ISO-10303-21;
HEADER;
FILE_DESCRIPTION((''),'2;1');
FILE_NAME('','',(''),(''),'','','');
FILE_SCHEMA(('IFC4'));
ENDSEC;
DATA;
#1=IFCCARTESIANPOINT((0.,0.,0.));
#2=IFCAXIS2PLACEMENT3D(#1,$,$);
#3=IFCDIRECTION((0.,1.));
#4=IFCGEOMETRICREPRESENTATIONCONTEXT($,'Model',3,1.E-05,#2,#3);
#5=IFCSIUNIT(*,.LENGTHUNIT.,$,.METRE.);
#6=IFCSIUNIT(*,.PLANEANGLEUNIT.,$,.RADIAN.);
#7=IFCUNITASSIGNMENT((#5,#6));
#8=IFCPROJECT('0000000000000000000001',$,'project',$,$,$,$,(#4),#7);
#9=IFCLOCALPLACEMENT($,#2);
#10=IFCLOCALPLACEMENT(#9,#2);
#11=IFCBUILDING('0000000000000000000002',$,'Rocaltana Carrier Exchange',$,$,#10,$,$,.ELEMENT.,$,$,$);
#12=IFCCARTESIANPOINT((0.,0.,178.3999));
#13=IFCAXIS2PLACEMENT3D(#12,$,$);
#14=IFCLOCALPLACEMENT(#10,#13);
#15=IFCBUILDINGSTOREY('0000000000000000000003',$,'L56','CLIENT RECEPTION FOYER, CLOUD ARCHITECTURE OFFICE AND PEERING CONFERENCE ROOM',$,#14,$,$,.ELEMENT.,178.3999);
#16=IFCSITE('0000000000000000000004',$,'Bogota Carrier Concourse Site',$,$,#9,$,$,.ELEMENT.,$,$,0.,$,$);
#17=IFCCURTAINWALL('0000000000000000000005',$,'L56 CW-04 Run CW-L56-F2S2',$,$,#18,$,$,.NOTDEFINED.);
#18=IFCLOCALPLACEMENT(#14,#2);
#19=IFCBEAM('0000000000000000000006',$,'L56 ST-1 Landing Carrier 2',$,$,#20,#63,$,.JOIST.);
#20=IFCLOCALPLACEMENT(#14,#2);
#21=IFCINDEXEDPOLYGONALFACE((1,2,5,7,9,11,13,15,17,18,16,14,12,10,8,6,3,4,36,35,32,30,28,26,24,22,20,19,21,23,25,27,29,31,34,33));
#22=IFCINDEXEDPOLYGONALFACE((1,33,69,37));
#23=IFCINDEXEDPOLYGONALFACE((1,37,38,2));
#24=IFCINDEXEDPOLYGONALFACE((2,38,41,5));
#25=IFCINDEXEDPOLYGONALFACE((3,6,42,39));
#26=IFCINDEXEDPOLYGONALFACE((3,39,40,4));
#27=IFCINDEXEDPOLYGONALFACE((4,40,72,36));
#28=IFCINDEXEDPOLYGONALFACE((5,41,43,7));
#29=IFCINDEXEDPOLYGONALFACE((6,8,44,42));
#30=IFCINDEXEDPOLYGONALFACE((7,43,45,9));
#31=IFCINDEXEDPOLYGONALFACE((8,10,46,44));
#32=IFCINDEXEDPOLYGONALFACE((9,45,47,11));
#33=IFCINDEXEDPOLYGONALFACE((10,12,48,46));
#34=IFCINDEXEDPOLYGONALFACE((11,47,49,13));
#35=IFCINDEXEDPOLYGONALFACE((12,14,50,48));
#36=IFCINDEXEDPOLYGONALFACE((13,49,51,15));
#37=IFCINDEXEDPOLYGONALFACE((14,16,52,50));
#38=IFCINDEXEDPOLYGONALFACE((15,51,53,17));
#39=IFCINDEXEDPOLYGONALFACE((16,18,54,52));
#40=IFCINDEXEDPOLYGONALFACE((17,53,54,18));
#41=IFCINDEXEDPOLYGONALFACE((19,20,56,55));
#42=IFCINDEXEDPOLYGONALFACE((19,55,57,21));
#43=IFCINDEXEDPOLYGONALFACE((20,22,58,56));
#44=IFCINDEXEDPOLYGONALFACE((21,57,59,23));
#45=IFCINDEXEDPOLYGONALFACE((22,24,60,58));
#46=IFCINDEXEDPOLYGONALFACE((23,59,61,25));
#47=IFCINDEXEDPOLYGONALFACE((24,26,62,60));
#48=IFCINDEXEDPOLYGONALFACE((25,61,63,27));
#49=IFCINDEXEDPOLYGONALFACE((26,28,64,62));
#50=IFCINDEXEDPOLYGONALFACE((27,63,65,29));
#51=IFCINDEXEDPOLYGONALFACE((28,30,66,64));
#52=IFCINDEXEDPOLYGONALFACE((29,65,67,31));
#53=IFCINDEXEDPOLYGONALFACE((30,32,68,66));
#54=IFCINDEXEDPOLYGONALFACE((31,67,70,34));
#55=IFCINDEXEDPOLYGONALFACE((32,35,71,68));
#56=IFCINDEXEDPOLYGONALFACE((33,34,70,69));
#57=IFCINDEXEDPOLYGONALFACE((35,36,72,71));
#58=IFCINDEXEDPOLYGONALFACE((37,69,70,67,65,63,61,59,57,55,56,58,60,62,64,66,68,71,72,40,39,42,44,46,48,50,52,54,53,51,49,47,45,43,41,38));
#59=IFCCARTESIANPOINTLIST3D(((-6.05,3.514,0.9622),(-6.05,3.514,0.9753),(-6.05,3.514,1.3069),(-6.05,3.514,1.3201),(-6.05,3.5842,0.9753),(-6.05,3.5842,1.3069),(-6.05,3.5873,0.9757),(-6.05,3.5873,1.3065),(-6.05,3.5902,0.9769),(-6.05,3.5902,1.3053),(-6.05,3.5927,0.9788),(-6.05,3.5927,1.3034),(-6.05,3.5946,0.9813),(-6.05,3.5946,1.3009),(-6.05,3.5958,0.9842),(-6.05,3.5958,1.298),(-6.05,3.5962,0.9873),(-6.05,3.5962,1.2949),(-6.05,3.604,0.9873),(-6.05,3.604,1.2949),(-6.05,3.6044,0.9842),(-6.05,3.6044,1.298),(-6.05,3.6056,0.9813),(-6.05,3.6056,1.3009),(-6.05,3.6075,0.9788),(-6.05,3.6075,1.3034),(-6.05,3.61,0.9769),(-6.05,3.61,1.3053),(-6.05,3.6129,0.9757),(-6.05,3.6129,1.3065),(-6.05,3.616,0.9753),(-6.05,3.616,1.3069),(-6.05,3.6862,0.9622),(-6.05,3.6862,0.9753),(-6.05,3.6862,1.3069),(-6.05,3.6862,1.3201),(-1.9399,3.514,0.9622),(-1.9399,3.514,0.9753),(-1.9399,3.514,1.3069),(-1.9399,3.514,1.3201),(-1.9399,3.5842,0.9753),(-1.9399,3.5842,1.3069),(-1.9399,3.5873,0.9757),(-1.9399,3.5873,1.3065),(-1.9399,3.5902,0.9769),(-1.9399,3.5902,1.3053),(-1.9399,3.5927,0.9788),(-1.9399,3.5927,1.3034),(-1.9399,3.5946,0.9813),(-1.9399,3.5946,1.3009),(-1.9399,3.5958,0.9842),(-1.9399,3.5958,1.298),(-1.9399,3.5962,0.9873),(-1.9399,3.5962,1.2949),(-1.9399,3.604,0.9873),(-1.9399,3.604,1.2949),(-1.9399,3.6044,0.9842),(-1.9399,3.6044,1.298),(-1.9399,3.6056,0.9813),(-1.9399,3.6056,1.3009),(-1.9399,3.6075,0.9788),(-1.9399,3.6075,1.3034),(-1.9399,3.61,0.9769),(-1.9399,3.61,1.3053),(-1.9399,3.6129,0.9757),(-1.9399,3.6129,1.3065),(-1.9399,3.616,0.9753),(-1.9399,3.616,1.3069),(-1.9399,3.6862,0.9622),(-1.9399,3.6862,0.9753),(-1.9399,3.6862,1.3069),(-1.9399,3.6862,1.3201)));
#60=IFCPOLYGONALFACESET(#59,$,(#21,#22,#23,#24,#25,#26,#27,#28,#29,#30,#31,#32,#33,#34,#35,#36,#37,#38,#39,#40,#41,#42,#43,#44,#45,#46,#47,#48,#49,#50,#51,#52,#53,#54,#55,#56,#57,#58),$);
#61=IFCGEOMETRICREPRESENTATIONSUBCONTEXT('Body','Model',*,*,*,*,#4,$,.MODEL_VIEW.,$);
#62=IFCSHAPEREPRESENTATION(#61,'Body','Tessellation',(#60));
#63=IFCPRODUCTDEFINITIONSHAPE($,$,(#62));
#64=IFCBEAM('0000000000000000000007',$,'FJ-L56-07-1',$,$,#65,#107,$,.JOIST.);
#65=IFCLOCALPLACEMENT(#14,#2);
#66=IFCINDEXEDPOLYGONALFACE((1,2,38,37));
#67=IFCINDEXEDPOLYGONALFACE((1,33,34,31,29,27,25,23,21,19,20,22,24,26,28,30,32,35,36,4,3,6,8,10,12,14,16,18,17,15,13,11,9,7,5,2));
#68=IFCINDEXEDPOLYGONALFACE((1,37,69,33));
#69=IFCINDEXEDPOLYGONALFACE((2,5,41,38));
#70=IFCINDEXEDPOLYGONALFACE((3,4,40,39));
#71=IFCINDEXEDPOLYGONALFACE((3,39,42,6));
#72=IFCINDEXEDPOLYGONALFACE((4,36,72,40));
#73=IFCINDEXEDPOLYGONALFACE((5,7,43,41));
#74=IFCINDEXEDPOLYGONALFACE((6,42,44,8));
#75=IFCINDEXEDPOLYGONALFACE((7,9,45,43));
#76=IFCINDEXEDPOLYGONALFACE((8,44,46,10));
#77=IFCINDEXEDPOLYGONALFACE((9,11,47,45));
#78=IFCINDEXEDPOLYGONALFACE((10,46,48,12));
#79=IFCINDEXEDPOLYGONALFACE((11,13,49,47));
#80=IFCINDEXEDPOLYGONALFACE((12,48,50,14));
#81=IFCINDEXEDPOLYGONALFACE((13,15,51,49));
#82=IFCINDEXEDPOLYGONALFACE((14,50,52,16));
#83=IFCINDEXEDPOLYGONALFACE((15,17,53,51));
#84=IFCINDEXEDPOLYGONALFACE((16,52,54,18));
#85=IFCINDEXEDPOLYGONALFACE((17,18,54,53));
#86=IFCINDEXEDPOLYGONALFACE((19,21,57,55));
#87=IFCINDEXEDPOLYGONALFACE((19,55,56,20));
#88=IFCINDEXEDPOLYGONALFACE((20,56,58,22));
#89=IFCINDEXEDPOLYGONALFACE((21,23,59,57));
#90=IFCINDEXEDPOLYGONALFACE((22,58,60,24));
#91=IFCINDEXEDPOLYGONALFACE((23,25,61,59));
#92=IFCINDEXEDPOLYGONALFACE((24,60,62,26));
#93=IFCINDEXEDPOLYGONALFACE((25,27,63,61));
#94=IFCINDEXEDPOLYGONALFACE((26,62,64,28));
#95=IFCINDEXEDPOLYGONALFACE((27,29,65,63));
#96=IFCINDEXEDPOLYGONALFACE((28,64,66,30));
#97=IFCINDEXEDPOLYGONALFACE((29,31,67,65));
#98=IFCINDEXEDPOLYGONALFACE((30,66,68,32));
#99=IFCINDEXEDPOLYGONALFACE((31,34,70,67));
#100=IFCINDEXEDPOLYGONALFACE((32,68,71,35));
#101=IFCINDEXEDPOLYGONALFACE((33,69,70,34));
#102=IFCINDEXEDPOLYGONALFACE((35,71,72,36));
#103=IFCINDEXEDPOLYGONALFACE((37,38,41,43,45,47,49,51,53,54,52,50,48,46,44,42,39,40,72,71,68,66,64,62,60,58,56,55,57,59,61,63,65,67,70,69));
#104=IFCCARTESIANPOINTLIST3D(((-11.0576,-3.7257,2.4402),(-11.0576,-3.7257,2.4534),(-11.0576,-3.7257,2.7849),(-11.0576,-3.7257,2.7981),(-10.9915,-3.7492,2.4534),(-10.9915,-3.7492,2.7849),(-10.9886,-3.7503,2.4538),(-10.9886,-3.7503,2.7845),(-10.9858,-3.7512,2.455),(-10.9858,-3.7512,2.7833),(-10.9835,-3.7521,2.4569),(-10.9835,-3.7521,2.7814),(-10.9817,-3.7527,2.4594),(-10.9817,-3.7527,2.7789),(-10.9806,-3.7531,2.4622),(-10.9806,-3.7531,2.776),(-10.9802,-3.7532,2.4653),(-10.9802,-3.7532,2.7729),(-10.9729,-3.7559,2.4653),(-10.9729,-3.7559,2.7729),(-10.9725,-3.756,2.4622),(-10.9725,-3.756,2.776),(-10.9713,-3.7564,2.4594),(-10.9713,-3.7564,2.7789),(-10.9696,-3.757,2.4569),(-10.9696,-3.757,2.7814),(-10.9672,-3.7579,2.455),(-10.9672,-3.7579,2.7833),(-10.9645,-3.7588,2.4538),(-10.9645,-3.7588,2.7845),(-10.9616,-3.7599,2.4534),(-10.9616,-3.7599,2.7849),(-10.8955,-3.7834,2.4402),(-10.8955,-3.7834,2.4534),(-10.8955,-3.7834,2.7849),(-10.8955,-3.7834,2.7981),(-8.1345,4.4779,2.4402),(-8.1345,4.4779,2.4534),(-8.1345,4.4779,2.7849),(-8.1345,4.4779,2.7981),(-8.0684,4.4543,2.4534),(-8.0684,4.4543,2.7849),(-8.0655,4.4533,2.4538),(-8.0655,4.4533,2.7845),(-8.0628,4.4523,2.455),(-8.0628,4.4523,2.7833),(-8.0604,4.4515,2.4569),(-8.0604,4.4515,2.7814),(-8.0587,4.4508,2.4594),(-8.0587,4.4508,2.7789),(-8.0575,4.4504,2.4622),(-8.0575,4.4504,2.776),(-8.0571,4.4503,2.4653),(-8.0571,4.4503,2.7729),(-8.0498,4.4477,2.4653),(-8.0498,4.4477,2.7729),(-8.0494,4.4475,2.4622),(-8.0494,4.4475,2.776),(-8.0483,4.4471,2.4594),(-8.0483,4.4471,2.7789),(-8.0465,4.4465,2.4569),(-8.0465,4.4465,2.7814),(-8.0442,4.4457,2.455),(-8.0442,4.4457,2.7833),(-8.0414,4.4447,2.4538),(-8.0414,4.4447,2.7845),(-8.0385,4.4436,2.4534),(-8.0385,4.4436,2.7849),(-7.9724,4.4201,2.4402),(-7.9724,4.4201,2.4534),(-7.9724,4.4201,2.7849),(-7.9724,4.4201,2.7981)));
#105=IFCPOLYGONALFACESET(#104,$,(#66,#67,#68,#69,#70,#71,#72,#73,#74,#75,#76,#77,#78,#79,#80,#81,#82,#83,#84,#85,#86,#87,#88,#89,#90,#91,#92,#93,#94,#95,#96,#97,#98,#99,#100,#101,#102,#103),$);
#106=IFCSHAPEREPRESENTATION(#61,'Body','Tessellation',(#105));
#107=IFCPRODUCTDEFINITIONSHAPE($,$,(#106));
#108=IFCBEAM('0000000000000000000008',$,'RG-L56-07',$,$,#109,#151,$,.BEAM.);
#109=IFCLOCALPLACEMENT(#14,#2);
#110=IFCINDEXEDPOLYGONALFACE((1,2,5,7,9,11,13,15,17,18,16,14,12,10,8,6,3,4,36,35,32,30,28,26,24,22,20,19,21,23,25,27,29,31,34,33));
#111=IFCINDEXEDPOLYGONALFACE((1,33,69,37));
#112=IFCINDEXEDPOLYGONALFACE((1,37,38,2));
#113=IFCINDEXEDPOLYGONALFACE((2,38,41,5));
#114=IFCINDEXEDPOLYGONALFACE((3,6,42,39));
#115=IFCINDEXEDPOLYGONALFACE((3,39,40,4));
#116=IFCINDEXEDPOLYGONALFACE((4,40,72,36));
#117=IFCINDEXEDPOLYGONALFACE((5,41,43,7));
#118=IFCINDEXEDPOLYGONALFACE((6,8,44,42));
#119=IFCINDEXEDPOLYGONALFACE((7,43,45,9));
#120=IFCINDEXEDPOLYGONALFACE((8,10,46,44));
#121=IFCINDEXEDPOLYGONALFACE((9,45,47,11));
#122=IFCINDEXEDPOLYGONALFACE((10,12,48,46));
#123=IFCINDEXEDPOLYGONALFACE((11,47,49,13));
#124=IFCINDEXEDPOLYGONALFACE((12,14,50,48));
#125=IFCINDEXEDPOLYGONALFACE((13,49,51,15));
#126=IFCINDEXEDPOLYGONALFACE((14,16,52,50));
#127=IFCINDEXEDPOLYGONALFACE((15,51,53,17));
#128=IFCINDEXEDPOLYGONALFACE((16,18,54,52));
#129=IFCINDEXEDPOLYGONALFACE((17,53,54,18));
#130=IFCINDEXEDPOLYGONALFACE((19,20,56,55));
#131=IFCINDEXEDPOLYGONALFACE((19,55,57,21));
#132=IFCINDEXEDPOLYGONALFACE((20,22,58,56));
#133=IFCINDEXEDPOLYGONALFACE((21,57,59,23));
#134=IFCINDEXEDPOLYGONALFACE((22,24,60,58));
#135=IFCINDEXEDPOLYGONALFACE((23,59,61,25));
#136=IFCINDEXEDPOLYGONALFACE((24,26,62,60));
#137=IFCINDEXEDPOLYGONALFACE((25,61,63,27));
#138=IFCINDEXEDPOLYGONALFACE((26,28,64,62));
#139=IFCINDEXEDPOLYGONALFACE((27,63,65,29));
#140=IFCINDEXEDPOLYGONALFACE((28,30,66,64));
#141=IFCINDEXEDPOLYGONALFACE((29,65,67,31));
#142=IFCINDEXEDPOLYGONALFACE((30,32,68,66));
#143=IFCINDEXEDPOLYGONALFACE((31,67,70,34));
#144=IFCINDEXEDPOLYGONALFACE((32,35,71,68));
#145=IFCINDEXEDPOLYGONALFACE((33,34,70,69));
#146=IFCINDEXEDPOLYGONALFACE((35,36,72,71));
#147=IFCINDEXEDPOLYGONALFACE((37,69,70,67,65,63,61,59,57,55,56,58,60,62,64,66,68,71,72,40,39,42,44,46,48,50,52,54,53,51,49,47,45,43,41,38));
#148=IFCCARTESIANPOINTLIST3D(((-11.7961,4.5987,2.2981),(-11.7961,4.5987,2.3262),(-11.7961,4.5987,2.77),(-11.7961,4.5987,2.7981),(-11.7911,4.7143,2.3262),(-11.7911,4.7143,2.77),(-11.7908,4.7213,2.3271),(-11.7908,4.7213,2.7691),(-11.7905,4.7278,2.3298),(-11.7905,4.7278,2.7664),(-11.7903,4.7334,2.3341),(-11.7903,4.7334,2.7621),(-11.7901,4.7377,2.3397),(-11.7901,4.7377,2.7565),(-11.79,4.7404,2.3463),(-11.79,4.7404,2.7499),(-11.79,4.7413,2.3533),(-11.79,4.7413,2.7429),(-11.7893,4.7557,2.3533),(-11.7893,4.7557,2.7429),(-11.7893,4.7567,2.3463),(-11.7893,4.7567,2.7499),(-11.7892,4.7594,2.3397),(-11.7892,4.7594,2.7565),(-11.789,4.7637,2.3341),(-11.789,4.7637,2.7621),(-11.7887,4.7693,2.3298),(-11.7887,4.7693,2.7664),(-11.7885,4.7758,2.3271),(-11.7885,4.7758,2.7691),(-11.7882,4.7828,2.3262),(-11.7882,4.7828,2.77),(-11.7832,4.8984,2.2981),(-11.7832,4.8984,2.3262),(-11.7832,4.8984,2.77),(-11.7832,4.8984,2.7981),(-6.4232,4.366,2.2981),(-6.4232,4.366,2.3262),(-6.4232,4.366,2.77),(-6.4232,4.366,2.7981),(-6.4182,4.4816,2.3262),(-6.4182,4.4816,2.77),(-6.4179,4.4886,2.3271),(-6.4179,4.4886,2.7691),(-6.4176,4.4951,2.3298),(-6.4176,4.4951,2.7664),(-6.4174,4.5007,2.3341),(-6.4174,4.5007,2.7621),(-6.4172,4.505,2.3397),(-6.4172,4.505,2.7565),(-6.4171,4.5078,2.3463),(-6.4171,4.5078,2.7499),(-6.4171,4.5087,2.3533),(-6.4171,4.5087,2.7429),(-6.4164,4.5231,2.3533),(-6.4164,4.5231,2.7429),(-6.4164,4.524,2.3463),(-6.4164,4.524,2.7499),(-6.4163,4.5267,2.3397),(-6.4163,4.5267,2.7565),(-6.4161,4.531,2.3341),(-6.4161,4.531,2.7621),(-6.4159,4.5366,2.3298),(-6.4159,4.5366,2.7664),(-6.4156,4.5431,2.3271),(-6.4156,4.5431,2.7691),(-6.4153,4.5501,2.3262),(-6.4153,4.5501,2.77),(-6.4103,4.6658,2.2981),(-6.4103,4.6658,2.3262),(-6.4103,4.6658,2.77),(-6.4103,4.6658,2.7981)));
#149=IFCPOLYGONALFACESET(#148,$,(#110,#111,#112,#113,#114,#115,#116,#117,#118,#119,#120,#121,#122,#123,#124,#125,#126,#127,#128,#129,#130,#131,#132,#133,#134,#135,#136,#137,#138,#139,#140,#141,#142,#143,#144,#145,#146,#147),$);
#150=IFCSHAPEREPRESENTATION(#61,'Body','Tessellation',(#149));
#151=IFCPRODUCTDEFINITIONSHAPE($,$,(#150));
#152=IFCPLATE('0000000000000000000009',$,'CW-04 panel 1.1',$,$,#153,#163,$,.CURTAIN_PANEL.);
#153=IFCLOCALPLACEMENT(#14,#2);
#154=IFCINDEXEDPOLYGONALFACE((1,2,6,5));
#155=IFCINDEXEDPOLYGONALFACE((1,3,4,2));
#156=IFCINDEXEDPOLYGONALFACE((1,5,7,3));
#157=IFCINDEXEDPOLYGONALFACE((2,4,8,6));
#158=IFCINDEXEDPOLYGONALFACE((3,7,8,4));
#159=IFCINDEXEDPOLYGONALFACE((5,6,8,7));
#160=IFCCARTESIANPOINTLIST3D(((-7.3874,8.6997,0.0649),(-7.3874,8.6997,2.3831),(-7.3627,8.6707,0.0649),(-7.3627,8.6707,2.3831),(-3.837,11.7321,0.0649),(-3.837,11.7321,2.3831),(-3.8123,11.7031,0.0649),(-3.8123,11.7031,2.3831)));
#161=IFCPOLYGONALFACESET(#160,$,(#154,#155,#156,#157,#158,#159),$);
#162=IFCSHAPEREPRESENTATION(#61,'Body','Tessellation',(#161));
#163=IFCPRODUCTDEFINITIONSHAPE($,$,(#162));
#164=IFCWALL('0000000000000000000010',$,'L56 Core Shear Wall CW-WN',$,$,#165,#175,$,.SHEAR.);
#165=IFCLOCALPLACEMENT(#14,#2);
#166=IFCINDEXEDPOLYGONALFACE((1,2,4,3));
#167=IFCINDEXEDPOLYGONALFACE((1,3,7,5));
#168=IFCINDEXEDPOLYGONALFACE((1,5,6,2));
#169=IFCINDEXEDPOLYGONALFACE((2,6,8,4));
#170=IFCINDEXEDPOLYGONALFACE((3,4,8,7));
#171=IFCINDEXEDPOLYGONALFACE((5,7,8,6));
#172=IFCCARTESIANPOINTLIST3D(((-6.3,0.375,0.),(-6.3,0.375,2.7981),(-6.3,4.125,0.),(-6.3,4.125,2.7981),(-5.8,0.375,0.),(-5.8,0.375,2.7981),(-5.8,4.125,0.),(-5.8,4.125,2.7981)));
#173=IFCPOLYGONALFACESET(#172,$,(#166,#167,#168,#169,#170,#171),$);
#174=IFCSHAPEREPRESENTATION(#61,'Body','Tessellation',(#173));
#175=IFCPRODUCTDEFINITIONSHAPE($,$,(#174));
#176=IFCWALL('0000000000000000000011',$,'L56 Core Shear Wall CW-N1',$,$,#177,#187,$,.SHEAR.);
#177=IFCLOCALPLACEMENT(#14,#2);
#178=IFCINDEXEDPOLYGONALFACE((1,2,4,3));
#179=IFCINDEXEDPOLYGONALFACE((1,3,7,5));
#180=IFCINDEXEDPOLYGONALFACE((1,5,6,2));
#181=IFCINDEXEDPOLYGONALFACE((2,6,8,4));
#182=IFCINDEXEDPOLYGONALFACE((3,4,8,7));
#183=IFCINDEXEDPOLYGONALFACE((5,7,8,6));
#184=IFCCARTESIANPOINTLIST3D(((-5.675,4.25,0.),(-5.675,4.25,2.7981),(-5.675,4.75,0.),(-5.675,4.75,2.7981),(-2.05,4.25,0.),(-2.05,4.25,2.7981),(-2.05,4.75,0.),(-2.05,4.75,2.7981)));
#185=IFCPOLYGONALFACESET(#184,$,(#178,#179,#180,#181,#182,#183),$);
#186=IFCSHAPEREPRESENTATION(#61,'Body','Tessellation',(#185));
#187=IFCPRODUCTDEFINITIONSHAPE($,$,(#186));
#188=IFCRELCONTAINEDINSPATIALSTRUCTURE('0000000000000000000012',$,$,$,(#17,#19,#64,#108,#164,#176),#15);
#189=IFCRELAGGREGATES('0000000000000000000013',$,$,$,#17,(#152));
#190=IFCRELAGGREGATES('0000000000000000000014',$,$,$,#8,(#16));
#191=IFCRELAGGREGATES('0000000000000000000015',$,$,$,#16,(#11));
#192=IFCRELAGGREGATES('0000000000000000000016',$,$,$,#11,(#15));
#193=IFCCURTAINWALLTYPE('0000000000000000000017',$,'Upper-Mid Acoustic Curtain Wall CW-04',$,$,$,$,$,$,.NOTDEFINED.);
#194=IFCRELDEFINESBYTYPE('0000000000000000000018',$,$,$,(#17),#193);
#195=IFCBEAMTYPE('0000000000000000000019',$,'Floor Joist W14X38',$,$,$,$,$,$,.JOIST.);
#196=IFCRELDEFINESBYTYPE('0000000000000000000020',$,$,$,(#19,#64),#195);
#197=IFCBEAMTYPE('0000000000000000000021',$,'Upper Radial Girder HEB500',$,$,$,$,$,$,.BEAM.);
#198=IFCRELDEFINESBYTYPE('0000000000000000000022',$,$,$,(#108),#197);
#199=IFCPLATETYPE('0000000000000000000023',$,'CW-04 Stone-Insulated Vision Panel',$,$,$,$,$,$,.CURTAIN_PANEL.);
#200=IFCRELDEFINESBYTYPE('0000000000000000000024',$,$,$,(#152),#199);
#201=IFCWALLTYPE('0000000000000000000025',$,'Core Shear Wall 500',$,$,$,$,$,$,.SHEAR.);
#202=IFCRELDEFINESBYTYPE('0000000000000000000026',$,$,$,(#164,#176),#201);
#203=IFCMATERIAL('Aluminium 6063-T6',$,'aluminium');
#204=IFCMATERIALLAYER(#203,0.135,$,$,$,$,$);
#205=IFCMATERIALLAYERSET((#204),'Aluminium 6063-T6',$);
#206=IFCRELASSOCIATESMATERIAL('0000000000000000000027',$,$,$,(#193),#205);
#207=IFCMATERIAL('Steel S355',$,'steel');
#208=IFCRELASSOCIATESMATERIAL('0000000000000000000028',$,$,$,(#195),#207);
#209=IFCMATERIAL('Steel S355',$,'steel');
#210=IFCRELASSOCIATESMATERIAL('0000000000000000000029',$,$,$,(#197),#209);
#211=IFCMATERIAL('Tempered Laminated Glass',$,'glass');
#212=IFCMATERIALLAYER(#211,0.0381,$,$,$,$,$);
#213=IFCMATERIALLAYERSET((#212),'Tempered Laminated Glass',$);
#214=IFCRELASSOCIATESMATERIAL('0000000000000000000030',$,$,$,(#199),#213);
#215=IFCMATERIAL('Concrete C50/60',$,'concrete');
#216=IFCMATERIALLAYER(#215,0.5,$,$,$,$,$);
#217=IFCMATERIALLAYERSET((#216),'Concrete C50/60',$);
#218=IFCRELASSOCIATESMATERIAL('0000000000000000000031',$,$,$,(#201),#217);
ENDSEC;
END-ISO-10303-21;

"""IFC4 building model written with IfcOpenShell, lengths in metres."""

from ifc_helpers import new_model, si_unit, direction, frame, frame_2d, origin, origin_2d, place, context, subcontext, project, spatial, rectangle, i_section, extrude, material, layer, layer_set, material_profile, profile_set, type_object, element, aggregate, save


model = new_model("IFC4")

# Units and contexts
model_context = context("Model", 3, precision=1e-05, world=origin(), true_north=direction((0.0, 1.0)))
body_context = subcontext(model_context, "Body", "Model", "MODEL_VIEW")
ifc_project = project(units=[si_unit("LENGTHUNIT", "METRE"), si_unit("PLANEANGLEUNIT", "RADIAN")], contexts=[model_context])

# Site, building, storey
site_placement = place(None, origin())
site = spatial("IfcSite", under=ifc_project, at=site_placement, Name="Bogota Carrier Concourse Site", CompositionType="ELEMENT", RefElevation=0.0)
building_placement = place(site_placement, origin())
building = spatial("IfcBuilding", under=site, at=building_placement, Name="Rocaltana Carrier Exchange", CompositionType="ELEMENT")
storey_placement = place(building_placement, frame((0.0, 0.0, 178.3999)))
storey = spatial("IfcBuildingStorey", under=building, at=storey_placement, Name="L56", Description="CLIENT RECEPTION FOYER, CLOUD ARCHITECTURE OFFICE AND PEERING CONFERENCE ROOM", CompositionType="ELEMENT", Elevation=178.3999)

# Curtain wall
ifc_material_1 = material(Name="Aluminium 6063-T6", Category="aluminium")
ifc_layer_1 = layer(ifc_material_1, 0.135)
ifc_layer_set_1 = layer_set([ifc_layer_1], Name="Aluminium 6063-T6")
curtain_wall_type = type_object("IfcCurtainWallType", Name="Upper-Mid Acoustic Curtain Wall CW-04", PredefinedType="NOTDEFINED", material=ifc_layer_set_1)
curtain_wall_placement = place(storey_placement, origin())
curtain_wall = element("IfcCurtainWall", 1, at=curtain_wall_placement, inside=storey, type_object=curtain_wall_type, Name="L56 CW-04 Run CW-L56-F2S2", PredefinedType="NOTDEFINED")

# Beams
ifc_material_2 = material(Name="Steel S355", Category="steel")
ifc_material_profile_1 = material_profile(ifc_material_2, i_section(OverallWidth=0.1721, OverallDepth=0.3579, WebThickness=0.0078, FlangeThickness=0.0132, FilletRadius=0.012, at=origin_2d()), Name="W14X38")
ifc_profile_set_1 = profile_set([ifc_material_profile_1], Name="Steel S355")
beam_type_1 = type_object("IfcBeamType", Name="Floor Joist W14X38", PredefinedType="JOIST", material=ifc_profile_set_1)
for number, where, z_axis, x_axis, name in (
    (2, (-6.05, 3.6001, 1.1411), (1.0, 0.0, 0.0), (0.0, 1.0, 0.0), "L56 ST-1 Landing Carrier 2"),
):
    element("IfcBeam", number, at=place(storey_placement, frame(where, z_axis=z_axis, x_axis=x_axis)), inside=storey, type_object=beam_type_1, Name=name, PredefinedType="JOIST", context=body_context, shape_type="SweptSolid", body=[
        extrude(i_section(OverallWidth=0.1721, OverallDepth=0.3579, WebThickness=0.0078, FlangeThickness=0.0132, FilletRadius=0.012, at=origin_2d()), origin(), (0.0, 0.0, 1.0), 4.1101),
    ])
beam_1_placement = place(storey_placement, frame((-8.0535, 4.449, 2.6191), z_axis=(-0.335647, -0.941988, 0.0), x_axis=(0.941988, -0.335647, 0.0)))
element("IfcBeam", 3, at=beam_1_placement, inside=storey, type_object=beam_type_1, Name="FJ-L56-07-1", PredefinedType="JOIST", context=body_context, shape_type="SweptSolid", body=[
    extrude(i_section(OverallWidth=0.1721, OverallDepth=0.3579, WebThickness=0.0078, FlangeThickness=0.0132, FilletRadius=0.012, at=origin_2d()), origin(), (0.0, 0.0, 1.0), 8.7087),
])
ifc_material_3 = material(Name="Steel S355", Category="steel")
ifc_material_profile_2 = material_profile(ifc_material_3, i_section(OverallWidth=0.3, OverallDepth=0.5, WebThickness=0.0144, FlangeThickness=0.0281, FilletRadius=0.0271, at=origin_2d()), Name="HEB500")
ifc_profile_set_2 = profile_set([ifc_material_profile_2], Name="Steel S355")
beam_type_2 = type_object("IfcBeamType", Name="Upper Radial Girder HEB500", PredefinedType="BEAM", material=ifc_profile_set_2)
beam_2_placement = place(storey_placement, frame((-6.4167, 4.5159, 2.5481), z_axis=(-0.999064, 0.043264, 0.0), x_axis=(-0.043264, -0.999064, 0.0)))
element("IfcBeam", 4, at=beam_2_placement, inside=storey, type_object=beam_type_2, Name="RG-L56-07", PredefinedType="BEAM", context=body_context, shape_type="SweptSolid", body=[
    extrude(i_section(OverallWidth=0.3, OverallDepth=0.5, WebThickness=0.0144, FlangeThickness=0.0281, FilletRadius=0.0271, at=origin_2d()), origin(), (0.0, 0.0, 1.0), 5.3779),
])

# Plate
ifc_material_4 = material(Name="Tempered Laminated Glass", Category="glass")
ifc_layer_2 = layer(ifc_material_4, 0.0381)
ifc_layer_set_2 = layer_set([ifc_layer_2], Name="Tempered Laminated Glass")
plate_type = type_object("IfcPlateType", Name="CW-04 Stone-Insulated Vision Panel", PredefinedType="CURTAIN_PANEL", material=ifc_layer_set_2)
plate_placement = place(storey_placement, frame((-5.5999, 10.2014, 0.0649), z_axis=(0.0, 0.0, 1.0), x_axis=(-0.760401, -0.649454, 0.0)))
plate = element("IfcPlate", 5, at=plate_placement, type_object=plate_type, Name="CW-04 panel 1.1", PredefinedType="CURTAIN_PANEL", context=body_context, shape_type="SweptSolid", body=[
    extrude(rectangle(XDim=4.6692, YDim=0.0381, at=origin_2d()), origin(), (0.0, 0.0, 1.0), 2.3181),
])
aggregate(curtain_wall, [plate])

# Walls
ifc_material_5 = material(Name="Concrete C50/60", Category="concrete")
ifc_layer_3 = layer(ifc_material_5, 0.5)
ifc_layer_set_3 = layer_set([ifc_layer_3], Name="Concrete C50/60")
wall_type_1 = type_object("IfcWallType", Name="Core Shear Wall 500", PredefinedType="SHEAR", material=ifc_layer_set_3)
wall_1_placement = place(storey_placement, frame((-6.05, 0.375, 0.0), z_axis=(0.0, 0.0, 1.0), x_axis=(0.0, 1.0, 0.0)))
element("IfcWall", 6, at=wall_1_placement, inside=storey, type_object=wall_type_1, Name="L56 Core Shear Wall CW-WN", PredefinedType="SHEAR", context=body_context, shape_type="SweptSolid", body=[
    extrude(rectangle(XDim=3.75, YDim=0.5, at=frame_2d((1.875, 0.0))), origin(), (0.0, 0.0, 1.0), 2.7981),
])
wall_2_placement = place(storey_placement, frame((-5.675, 4.5, 0.0), z_axis=(0.0, 0.0, 1.0), x_axis=(1.0, 0.0, 0.0)))
element("IfcWall", 7, at=wall_2_placement, inside=storey, type_object=wall_type_1, Name="L56 Core Shear Wall CW-N1", PredefinedType="SHEAR", context=body_context, shape_type="SweptSolid", body=[
    extrude(rectangle(XDim=3.625, YDim=0.5, at=frame_2d((1.8125, 0.0))), origin(), (0.0, 0.0, 1.0), 2.7981),
])

save(model, "model.ifc")
